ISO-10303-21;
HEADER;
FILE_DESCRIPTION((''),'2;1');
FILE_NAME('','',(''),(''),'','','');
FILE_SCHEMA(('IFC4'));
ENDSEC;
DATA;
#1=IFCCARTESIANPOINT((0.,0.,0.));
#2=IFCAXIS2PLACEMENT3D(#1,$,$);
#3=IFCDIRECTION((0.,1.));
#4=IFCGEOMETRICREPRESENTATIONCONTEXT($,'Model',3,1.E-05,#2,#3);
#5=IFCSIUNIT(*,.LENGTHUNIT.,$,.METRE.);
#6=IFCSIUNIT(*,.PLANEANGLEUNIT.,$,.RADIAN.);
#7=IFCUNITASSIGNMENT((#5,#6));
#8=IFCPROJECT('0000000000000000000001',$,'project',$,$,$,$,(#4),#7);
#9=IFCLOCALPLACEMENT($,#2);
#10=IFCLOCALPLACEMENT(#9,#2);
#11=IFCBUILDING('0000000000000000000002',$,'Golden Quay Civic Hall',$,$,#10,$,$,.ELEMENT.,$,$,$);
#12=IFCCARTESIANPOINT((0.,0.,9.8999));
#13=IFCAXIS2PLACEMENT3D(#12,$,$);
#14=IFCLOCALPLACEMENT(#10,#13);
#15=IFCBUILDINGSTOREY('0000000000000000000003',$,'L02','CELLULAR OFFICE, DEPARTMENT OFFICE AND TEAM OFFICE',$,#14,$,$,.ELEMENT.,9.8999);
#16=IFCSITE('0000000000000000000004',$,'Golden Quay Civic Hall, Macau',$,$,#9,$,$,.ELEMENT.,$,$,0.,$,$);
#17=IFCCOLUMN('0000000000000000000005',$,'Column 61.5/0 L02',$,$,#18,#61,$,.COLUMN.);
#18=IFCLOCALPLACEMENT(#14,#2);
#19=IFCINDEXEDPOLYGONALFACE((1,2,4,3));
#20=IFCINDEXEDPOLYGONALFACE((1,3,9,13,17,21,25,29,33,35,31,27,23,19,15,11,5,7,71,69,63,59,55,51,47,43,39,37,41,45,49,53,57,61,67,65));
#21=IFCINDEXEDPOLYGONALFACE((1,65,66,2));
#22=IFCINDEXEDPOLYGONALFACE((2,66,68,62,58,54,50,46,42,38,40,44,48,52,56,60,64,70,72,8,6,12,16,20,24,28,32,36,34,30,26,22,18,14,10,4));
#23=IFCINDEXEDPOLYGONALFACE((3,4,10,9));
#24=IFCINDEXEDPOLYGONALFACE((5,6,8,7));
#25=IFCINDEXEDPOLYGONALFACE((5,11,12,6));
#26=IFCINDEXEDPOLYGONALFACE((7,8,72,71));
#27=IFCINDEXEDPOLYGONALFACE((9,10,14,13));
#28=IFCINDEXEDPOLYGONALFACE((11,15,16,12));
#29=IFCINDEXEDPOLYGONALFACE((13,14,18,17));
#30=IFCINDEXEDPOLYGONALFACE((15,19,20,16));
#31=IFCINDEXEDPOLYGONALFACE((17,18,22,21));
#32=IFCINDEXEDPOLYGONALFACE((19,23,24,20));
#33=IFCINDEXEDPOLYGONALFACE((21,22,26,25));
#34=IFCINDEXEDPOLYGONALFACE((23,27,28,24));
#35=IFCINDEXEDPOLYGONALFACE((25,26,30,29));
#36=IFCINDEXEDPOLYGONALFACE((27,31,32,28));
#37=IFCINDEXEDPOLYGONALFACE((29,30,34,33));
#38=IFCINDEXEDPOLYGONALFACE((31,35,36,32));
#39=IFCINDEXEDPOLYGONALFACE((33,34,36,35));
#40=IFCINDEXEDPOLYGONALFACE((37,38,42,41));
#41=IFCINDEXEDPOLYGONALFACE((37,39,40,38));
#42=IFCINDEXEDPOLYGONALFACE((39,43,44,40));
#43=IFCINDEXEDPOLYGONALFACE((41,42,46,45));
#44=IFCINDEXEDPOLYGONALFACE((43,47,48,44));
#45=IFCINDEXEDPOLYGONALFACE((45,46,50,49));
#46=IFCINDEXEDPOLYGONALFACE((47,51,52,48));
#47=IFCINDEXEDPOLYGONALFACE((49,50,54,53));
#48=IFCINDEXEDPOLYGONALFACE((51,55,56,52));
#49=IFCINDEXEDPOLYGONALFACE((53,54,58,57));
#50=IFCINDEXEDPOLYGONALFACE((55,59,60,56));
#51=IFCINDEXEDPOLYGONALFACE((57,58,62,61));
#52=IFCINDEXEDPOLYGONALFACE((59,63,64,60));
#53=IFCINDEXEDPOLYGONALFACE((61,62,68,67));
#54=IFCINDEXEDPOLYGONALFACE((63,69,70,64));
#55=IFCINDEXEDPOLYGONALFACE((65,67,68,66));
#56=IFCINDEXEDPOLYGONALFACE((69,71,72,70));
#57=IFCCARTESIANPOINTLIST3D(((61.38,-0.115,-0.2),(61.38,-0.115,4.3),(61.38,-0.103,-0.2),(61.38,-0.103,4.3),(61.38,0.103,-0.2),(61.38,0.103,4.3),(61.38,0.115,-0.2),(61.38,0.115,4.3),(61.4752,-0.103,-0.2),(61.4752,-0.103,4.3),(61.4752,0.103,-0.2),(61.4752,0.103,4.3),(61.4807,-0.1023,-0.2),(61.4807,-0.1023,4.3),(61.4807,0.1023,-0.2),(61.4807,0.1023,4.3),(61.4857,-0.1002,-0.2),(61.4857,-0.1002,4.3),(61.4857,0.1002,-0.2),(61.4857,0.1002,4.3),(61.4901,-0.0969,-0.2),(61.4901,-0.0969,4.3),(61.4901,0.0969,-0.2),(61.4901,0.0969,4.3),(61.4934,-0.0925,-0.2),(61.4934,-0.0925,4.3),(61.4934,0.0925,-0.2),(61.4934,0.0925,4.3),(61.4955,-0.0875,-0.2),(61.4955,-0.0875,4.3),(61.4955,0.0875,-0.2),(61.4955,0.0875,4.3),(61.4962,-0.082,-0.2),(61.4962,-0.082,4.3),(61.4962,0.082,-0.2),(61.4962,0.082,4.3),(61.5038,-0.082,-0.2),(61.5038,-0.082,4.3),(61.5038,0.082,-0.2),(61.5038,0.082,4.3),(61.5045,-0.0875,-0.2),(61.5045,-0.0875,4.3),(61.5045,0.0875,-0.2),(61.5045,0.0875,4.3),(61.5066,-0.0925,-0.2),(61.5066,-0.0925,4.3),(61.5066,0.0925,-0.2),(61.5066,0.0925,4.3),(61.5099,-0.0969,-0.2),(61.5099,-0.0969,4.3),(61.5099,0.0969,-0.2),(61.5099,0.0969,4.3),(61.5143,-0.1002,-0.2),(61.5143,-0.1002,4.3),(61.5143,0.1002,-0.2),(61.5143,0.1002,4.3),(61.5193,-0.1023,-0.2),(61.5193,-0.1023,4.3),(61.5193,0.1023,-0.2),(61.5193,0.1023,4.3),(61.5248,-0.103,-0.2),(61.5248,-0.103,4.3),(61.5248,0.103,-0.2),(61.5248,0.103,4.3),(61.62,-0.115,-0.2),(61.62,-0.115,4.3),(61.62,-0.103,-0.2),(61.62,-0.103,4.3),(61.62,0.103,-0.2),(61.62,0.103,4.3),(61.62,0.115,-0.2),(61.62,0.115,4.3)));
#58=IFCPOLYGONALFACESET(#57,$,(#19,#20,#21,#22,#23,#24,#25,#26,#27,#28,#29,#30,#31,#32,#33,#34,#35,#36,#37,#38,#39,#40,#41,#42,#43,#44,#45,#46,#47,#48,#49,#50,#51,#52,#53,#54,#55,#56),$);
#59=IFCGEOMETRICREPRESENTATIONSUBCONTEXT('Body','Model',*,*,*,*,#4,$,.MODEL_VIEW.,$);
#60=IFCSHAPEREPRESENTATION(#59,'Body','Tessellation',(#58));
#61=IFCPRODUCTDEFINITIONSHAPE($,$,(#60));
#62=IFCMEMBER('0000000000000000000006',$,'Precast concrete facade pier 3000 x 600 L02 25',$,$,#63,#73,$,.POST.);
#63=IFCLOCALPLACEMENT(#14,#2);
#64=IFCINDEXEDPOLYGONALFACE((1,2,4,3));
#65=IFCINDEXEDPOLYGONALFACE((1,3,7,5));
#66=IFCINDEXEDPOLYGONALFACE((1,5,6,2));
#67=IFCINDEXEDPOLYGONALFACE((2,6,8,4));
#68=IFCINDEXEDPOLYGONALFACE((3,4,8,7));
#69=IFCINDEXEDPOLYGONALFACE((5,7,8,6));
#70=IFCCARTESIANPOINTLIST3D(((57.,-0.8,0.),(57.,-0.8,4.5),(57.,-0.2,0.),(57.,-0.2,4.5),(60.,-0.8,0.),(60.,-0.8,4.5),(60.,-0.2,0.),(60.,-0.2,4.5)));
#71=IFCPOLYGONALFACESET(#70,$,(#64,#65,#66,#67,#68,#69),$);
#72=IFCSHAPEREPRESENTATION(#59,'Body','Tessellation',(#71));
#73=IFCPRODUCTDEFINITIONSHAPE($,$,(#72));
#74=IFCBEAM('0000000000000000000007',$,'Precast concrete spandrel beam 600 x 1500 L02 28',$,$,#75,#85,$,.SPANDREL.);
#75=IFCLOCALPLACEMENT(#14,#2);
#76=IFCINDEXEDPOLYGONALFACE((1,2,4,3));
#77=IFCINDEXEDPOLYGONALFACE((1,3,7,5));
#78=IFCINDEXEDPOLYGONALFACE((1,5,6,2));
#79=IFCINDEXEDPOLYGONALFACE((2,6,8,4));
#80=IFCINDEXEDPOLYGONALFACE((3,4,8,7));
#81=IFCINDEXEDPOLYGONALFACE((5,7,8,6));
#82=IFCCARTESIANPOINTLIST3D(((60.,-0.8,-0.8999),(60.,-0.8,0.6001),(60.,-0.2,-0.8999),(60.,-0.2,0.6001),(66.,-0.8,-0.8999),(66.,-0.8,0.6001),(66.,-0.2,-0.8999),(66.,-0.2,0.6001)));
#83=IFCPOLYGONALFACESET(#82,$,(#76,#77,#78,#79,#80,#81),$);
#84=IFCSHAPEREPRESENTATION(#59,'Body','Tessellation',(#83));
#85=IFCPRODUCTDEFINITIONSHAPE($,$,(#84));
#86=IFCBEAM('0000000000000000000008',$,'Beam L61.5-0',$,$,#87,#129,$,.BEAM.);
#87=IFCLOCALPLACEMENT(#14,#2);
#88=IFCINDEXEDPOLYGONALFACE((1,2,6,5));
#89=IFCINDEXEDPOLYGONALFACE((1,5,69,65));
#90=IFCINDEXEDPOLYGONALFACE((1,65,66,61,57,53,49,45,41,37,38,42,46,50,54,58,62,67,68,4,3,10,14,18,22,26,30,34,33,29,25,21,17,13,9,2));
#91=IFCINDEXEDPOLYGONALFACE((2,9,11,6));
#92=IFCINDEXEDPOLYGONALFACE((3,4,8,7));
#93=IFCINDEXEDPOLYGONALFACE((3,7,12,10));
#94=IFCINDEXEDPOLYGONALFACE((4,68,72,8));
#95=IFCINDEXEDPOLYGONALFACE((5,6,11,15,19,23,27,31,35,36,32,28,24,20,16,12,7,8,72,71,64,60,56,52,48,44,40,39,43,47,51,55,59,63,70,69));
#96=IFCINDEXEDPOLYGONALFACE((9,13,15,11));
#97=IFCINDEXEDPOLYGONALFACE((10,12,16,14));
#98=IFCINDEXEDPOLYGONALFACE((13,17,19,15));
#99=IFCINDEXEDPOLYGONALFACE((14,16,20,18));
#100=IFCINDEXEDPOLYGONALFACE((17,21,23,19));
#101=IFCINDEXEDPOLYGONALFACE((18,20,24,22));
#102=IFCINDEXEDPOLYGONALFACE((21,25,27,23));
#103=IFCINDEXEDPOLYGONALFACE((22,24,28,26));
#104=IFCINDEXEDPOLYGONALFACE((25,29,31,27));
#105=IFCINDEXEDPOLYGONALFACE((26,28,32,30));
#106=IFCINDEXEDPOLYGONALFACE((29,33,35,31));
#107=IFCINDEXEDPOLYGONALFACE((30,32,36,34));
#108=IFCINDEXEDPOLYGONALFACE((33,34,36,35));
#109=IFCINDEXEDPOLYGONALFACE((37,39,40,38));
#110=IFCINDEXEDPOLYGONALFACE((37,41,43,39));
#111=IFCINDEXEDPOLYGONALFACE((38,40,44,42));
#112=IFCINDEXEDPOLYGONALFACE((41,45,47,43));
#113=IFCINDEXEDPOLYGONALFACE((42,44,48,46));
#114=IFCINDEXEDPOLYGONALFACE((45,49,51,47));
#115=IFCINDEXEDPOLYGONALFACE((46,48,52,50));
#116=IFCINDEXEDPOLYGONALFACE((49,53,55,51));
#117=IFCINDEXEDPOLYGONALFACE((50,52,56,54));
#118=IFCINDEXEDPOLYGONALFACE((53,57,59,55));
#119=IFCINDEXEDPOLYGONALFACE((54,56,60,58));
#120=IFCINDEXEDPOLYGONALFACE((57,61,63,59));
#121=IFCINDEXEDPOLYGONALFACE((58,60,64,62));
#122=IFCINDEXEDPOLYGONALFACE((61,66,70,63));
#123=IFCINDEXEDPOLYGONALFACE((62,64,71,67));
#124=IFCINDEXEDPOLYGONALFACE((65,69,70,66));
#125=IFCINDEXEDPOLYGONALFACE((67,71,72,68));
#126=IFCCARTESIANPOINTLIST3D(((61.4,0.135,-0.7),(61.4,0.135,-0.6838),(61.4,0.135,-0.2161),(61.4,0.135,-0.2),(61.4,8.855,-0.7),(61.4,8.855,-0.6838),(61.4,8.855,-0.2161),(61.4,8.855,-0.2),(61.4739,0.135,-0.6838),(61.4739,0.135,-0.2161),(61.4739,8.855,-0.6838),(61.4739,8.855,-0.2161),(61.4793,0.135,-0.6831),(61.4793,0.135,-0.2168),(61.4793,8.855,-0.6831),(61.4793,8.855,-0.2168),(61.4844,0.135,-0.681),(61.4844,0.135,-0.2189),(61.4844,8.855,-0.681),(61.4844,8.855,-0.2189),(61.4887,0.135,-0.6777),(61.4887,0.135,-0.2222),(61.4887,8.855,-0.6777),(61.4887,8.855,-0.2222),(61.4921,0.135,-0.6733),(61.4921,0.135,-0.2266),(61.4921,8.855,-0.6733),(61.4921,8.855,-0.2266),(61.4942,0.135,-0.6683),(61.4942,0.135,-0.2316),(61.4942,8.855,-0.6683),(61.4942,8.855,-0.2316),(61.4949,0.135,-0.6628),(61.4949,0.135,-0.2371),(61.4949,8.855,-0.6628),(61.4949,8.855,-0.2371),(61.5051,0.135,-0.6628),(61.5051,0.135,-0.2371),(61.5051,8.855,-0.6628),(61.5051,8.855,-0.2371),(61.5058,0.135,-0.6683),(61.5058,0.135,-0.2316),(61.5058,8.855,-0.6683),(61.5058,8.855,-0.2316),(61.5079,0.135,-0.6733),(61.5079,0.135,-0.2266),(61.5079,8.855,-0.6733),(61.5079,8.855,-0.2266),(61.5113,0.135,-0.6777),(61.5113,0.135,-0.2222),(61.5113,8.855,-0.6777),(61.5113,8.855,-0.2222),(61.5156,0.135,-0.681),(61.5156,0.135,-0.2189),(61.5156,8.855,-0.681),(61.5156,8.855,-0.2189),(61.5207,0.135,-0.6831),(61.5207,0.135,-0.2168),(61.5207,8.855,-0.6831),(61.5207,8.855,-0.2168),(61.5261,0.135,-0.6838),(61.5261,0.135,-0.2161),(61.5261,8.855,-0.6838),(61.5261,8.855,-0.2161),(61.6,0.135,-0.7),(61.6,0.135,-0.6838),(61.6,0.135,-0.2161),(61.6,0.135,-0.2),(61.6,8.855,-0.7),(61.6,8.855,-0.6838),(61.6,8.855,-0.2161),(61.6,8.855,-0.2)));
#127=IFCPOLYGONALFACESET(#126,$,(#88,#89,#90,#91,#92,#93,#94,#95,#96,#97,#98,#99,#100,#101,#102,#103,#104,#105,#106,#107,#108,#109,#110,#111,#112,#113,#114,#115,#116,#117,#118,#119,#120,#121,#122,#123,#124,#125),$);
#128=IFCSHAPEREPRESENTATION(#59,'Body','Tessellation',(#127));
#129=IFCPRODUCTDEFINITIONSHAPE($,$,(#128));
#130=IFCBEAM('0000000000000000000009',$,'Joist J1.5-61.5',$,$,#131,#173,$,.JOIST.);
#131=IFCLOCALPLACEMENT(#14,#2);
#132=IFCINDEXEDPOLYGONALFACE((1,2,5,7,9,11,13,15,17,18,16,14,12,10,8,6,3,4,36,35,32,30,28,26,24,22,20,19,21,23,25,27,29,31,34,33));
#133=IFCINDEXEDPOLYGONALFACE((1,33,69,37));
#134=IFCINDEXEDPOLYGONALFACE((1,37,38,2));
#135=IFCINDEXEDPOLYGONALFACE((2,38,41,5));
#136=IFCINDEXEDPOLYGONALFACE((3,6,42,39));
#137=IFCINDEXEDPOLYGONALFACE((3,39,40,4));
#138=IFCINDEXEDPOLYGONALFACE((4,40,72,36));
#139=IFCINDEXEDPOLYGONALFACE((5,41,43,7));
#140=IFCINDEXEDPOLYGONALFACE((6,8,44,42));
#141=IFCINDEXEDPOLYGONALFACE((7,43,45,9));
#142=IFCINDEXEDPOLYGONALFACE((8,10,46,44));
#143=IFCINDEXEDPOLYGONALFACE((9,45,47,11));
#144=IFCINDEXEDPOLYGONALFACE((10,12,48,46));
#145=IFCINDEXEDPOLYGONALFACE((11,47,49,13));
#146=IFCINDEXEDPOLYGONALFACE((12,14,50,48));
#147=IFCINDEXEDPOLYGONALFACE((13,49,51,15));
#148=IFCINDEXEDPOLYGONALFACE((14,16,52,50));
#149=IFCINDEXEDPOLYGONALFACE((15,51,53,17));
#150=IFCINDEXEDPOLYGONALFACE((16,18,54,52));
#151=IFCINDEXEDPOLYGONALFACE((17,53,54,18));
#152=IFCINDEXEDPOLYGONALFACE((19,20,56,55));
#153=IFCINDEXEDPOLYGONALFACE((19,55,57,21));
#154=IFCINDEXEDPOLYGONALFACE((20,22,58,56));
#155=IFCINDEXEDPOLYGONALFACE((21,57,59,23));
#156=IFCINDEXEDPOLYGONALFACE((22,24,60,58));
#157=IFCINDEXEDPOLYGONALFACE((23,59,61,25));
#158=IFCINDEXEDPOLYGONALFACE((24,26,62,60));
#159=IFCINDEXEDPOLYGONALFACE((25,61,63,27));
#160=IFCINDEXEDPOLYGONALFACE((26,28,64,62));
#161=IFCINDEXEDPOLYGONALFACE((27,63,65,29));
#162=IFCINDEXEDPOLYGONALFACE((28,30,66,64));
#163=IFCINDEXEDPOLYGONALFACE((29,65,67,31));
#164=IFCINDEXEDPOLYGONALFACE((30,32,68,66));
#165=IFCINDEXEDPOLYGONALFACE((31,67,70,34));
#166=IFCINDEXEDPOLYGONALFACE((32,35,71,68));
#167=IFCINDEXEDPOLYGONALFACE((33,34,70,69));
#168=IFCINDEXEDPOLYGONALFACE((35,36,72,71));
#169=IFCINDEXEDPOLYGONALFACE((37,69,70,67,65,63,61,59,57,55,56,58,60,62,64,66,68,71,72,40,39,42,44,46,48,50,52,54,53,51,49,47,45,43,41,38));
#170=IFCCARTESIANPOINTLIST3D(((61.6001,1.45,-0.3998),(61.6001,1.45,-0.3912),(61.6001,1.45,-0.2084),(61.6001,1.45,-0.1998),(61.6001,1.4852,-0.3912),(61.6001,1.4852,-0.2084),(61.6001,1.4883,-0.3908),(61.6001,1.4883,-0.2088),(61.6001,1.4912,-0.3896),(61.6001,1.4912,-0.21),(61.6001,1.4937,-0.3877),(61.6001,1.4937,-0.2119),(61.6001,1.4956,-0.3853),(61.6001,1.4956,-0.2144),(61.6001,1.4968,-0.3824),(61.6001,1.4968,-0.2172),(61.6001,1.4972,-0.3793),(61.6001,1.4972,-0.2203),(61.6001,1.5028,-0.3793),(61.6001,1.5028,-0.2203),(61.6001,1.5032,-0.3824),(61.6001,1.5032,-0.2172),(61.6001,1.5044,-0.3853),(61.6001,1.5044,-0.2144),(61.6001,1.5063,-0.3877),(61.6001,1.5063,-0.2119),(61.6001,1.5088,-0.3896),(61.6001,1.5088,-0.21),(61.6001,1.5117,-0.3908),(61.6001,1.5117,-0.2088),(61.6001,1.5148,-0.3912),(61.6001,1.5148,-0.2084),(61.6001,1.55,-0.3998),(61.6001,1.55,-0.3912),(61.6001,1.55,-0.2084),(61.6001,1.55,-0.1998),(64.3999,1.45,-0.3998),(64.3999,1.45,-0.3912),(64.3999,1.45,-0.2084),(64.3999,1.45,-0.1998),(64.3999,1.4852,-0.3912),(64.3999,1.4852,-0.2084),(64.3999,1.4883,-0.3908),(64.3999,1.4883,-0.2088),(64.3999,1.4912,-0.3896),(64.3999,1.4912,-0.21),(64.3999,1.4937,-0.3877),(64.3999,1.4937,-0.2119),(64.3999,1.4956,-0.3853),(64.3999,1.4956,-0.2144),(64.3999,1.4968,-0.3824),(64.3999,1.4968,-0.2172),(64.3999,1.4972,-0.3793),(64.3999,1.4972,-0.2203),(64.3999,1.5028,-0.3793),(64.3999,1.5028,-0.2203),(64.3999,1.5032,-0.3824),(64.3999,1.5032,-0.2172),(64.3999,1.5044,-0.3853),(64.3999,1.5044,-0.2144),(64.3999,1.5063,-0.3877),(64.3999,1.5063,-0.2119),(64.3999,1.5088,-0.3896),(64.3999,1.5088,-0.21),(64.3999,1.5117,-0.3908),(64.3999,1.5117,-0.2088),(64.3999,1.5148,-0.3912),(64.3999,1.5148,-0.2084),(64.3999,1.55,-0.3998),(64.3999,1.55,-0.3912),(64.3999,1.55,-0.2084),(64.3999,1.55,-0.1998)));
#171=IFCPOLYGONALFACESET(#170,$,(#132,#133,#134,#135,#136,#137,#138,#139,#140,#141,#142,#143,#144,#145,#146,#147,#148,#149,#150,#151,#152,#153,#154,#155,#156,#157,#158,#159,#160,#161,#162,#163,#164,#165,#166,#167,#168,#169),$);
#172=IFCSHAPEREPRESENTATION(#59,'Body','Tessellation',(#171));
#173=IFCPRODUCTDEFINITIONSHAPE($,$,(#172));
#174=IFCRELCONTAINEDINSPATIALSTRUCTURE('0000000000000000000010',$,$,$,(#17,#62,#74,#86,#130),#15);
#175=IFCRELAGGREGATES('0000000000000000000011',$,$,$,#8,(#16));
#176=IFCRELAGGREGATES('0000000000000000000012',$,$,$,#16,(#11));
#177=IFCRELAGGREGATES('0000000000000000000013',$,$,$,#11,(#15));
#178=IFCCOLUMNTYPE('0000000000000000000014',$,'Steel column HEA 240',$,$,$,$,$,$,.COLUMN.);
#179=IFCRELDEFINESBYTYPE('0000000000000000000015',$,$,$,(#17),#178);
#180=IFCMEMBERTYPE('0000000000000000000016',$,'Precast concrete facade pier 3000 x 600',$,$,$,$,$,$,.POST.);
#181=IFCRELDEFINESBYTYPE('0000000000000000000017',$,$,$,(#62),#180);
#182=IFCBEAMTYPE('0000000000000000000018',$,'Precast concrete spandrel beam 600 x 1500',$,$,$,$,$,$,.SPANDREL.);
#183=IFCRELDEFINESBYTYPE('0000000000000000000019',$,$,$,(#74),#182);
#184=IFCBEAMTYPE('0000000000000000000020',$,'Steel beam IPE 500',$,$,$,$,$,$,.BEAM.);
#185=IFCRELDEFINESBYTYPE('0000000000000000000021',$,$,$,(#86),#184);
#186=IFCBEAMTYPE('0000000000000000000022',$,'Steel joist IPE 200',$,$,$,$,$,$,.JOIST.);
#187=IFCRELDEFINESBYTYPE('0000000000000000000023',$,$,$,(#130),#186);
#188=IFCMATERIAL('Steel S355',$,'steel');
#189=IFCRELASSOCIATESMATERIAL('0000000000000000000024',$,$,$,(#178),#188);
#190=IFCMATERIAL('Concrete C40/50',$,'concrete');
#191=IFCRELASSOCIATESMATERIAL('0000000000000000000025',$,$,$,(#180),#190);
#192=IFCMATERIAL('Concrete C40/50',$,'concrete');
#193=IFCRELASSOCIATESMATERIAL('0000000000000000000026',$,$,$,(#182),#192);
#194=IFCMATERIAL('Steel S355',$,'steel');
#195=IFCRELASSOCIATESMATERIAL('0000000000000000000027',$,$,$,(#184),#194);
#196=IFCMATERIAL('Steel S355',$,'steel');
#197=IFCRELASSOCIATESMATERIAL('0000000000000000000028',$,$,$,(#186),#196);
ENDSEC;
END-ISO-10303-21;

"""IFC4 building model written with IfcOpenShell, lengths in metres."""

from ifc_helpers import new_model, si_unit, direction, frame, origin, origin_2d, place, context, subcontext, project, spatial, rectangle, i_section, extrude, material, material_profile, profile_set, type_object, element, save


model = new_model("IFC4")

# Units and contexts
model_context = context("Model", 3, precision=1e-05, world=origin(), true_north=direction((0.0, 1.0)))
body_context = subcontext(model_context, "Body", "Model", "MODEL_VIEW")
ifc_project = project(units=[si_unit("LENGTHUNIT", "METRE"), si_unit("PLANEANGLEUNIT", "RADIAN")], contexts=[model_context])

# Site, building, storey
site_placement = place(None, origin())
site = spatial("IfcSite", under=ifc_project, at=site_placement, Name="Golden Quay Civic Hall, Macau", CompositionType="ELEMENT", RefElevation=0.0)
building_placement = place(site_placement, origin())
building = spatial("IfcBuilding", under=site, at=building_placement, Name="Golden Quay Civic Hall", CompositionType="ELEMENT")
storey_placement = place(building_placement, frame((0.0, 0.0, 9.8999)))
storey = spatial("IfcBuildingStorey", under=building, at=storey_placement, Name="L02", Description="CELLULAR OFFICE, DEPARTMENT OFFICE AND TEAM OFFICE", CompositionType="ELEMENT", Elevation=9.8999)

# Column
ifc_material_1 = material(Name="Steel S355", Category="steel")
ifc_material_profile_1 = material_profile(ifc_material_1, i_section(OverallWidth=0.24, OverallDepth=0.23, WebThickness=0.0076, FlangeThickness=0.012, FilletRadius=0.021, at=origin_2d()), Name="HEA 240")
ifc_profile_set_1 = profile_set([ifc_material_profile_1], Name="Steel S355")
column_type = type_object("IfcColumnType", Name="Steel column HEA 240", PredefinedType="COLUMN", material=ifc_profile_set_1)
column_placement = place(storey_placement, frame((61.5, 0.0, -0.2), z_axis=(0.0, 0.0, 1.0), x_axis=(1.0, 0.0, 0.0)))
element("IfcColumn", 1, at=column_placement, inside=storey, type_object=column_type, Name="Column 61.5/0 L02", PredefinedType="COLUMN", context=body_context, shape_type="SweptSolid", body=[
    extrude(i_section(OverallWidth=0.24, OverallDepth=0.23, WebThickness=0.0076, FlangeThickness=0.012, FilletRadius=0.021, at=origin_2d()), origin(), (0.0, 0.0, 1.0), 4.5),
])

# Member
ifc_material_2 = material(Name="Concrete C40/50", Category="concrete")
ifc_material_profile_2 = material_profile(ifc_material_2, rectangle(XDim=3.0, YDim=0.6001, at=origin_2d()), Name="RC 3000x600")
ifc_profile_set_2 = profile_set([ifc_material_profile_2], Name="Concrete C40/50")
member_type = type_object("IfcMemberType", Name="Precast concrete facade pier 3000 x 600", PredefinedType="POST", material=ifc_profile_set_2)
member_placement = place(storey_placement, frame((58.5, -0.5, 0.0), z_axis=(0.0, 0.0, 1.0), x_axis=(1.0, 0.0, 0.0)))
element("IfcMember", 2, at=member_placement, inside=storey, type_object=member_type, Name="Precast concrete facade pier 3000 x 600 L02 25", PredefinedType="POST", context=body_context, shape_type="SweptSolid", body=[
    extrude(rectangle(XDim=3.0, YDim=0.6001, at=origin_2d()), origin(), (0.0, 0.0, 1.0), 4.5),
])

# Beams
ifc_material_3 = material(Name="Concrete C40/50", Category="concrete")
ifc_material_profile_3 = material_profile(ifc_material_3, rectangle(XDim=0.6001, YDim=1.5, at=origin_2d()), Name="RC 600x1500")
ifc_profile_set_3 = profile_set([ifc_material_profile_3], Name="Concrete C40/50")
beam_type_1 = type_object("IfcBeamType", Name="Precast concrete spandrel beam 600 x 1500", PredefinedType="SPANDREL", material=ifc_profile_set_3)
beam_1_placement = place(storey_placement, frame((60.0, -0.5, -0.1499), z_axis=(1.0, 0.0, 0.0), x_axis=(0.0, 1.0, 0.0)))
element("IfcBeam", 3, at=beam_1_placement, inside=storey, type_object=beam_type_1, Name="Precast concrete spandrel beam 600 x 1500 L02 28", PredefinedType="SPANDREL", context=body_context, shape_type="SweptSolid", body=[
    extrude(rectangle(XDim=0.6001, YDim=1.5, at=origin_2d()), origin(), (0.0, 0.0, 1.0), 6.0),
])
ifc_material_4 = material(Name="Steel S355", Category="steel")
ifc_material_profile_4 = material_profile(ifc_material_4, i_section(OverallWidth=0.2, OverallDepth=0.5, WebThickness=0.0103, FlangeThickness=0.0161, FilletRadius=0.021, at=origin_2d()), Name="IPE 500")
ifc_profile_set_4 = profile_set([ifc_material_profile_4], Name="Steel S355")
beam_type_2 = type_object("IfcBeamType", Name="Steel beam IPE 500", PredefinedType="BEAM", material=ifc_profile_set_4)
beam_2_placement = place(storey_placement, frame((61.5, 0.135, -0.45), z_axis=(0.0, 1.0, 0.0), x_axis=(-1.0, 0.0, 0.0)))
element("IfcBeam", 4, at=beam_2_placement, inside=storey, type_object=beam_type_2, Name="Beam L61.5-0", PredefinedType="BEAM", context=body_context, shape_type="SweptSolid", body=[
    extrude(i_section(OverallWidth=0.2, OverallDepth=0.5, WebThickness=0.0103, FlangeThickness=0.0161, FilletRadius=0.021, at=origin_2d()), origin(), (0.0, 0.0, 1.0), 8.72),
])
ifc_material_5 = material(Name="Steel S355", Category="steel")
ifc_material_profile_5 = material_profile(ifc_material_5, i_section(OverallWidth=0.1001, OverallDepth=0.2, WebThickness=0.0056, FlangeThickness=0.0085, FilletRadius=0.012, at=origin_2d()), Name="IPE 200")
ifc_profile_set_5 = profile_set([ifc_material_profile_5], Name="Steel S355")
beam_type_3 = type_object("IfcBeamType", Name="Steel joist IPE 200", PredefinedType="JOIST", material=ifc_profile_set_5)
beam_3_placement = place(storey_placement, frame((61.6001, 1.5, -0.2998), z_axis=(1.0, 0.0, 0.0), x_axis=(0.0, 1.0, 0.0)))
element("IfcBeam", 5, at=beam_3_placement, inside=storey, type_object=beam_type_3, Name="Joist J1.5-61.5", PredefinedType="JOIST", context=body_context, shape_type="SweptSolid", body=[
    extrude(i_section(OverallWidth=0.1001, OverallDepth=0.2, WebThickness=0.0056, FlangeThickness=0.0085, FilletRadius=0.012, at=origin_2d()), origin(), (0.0, 0.0, 1.0), 2.7998),
])

save(model, "model.ifc")
